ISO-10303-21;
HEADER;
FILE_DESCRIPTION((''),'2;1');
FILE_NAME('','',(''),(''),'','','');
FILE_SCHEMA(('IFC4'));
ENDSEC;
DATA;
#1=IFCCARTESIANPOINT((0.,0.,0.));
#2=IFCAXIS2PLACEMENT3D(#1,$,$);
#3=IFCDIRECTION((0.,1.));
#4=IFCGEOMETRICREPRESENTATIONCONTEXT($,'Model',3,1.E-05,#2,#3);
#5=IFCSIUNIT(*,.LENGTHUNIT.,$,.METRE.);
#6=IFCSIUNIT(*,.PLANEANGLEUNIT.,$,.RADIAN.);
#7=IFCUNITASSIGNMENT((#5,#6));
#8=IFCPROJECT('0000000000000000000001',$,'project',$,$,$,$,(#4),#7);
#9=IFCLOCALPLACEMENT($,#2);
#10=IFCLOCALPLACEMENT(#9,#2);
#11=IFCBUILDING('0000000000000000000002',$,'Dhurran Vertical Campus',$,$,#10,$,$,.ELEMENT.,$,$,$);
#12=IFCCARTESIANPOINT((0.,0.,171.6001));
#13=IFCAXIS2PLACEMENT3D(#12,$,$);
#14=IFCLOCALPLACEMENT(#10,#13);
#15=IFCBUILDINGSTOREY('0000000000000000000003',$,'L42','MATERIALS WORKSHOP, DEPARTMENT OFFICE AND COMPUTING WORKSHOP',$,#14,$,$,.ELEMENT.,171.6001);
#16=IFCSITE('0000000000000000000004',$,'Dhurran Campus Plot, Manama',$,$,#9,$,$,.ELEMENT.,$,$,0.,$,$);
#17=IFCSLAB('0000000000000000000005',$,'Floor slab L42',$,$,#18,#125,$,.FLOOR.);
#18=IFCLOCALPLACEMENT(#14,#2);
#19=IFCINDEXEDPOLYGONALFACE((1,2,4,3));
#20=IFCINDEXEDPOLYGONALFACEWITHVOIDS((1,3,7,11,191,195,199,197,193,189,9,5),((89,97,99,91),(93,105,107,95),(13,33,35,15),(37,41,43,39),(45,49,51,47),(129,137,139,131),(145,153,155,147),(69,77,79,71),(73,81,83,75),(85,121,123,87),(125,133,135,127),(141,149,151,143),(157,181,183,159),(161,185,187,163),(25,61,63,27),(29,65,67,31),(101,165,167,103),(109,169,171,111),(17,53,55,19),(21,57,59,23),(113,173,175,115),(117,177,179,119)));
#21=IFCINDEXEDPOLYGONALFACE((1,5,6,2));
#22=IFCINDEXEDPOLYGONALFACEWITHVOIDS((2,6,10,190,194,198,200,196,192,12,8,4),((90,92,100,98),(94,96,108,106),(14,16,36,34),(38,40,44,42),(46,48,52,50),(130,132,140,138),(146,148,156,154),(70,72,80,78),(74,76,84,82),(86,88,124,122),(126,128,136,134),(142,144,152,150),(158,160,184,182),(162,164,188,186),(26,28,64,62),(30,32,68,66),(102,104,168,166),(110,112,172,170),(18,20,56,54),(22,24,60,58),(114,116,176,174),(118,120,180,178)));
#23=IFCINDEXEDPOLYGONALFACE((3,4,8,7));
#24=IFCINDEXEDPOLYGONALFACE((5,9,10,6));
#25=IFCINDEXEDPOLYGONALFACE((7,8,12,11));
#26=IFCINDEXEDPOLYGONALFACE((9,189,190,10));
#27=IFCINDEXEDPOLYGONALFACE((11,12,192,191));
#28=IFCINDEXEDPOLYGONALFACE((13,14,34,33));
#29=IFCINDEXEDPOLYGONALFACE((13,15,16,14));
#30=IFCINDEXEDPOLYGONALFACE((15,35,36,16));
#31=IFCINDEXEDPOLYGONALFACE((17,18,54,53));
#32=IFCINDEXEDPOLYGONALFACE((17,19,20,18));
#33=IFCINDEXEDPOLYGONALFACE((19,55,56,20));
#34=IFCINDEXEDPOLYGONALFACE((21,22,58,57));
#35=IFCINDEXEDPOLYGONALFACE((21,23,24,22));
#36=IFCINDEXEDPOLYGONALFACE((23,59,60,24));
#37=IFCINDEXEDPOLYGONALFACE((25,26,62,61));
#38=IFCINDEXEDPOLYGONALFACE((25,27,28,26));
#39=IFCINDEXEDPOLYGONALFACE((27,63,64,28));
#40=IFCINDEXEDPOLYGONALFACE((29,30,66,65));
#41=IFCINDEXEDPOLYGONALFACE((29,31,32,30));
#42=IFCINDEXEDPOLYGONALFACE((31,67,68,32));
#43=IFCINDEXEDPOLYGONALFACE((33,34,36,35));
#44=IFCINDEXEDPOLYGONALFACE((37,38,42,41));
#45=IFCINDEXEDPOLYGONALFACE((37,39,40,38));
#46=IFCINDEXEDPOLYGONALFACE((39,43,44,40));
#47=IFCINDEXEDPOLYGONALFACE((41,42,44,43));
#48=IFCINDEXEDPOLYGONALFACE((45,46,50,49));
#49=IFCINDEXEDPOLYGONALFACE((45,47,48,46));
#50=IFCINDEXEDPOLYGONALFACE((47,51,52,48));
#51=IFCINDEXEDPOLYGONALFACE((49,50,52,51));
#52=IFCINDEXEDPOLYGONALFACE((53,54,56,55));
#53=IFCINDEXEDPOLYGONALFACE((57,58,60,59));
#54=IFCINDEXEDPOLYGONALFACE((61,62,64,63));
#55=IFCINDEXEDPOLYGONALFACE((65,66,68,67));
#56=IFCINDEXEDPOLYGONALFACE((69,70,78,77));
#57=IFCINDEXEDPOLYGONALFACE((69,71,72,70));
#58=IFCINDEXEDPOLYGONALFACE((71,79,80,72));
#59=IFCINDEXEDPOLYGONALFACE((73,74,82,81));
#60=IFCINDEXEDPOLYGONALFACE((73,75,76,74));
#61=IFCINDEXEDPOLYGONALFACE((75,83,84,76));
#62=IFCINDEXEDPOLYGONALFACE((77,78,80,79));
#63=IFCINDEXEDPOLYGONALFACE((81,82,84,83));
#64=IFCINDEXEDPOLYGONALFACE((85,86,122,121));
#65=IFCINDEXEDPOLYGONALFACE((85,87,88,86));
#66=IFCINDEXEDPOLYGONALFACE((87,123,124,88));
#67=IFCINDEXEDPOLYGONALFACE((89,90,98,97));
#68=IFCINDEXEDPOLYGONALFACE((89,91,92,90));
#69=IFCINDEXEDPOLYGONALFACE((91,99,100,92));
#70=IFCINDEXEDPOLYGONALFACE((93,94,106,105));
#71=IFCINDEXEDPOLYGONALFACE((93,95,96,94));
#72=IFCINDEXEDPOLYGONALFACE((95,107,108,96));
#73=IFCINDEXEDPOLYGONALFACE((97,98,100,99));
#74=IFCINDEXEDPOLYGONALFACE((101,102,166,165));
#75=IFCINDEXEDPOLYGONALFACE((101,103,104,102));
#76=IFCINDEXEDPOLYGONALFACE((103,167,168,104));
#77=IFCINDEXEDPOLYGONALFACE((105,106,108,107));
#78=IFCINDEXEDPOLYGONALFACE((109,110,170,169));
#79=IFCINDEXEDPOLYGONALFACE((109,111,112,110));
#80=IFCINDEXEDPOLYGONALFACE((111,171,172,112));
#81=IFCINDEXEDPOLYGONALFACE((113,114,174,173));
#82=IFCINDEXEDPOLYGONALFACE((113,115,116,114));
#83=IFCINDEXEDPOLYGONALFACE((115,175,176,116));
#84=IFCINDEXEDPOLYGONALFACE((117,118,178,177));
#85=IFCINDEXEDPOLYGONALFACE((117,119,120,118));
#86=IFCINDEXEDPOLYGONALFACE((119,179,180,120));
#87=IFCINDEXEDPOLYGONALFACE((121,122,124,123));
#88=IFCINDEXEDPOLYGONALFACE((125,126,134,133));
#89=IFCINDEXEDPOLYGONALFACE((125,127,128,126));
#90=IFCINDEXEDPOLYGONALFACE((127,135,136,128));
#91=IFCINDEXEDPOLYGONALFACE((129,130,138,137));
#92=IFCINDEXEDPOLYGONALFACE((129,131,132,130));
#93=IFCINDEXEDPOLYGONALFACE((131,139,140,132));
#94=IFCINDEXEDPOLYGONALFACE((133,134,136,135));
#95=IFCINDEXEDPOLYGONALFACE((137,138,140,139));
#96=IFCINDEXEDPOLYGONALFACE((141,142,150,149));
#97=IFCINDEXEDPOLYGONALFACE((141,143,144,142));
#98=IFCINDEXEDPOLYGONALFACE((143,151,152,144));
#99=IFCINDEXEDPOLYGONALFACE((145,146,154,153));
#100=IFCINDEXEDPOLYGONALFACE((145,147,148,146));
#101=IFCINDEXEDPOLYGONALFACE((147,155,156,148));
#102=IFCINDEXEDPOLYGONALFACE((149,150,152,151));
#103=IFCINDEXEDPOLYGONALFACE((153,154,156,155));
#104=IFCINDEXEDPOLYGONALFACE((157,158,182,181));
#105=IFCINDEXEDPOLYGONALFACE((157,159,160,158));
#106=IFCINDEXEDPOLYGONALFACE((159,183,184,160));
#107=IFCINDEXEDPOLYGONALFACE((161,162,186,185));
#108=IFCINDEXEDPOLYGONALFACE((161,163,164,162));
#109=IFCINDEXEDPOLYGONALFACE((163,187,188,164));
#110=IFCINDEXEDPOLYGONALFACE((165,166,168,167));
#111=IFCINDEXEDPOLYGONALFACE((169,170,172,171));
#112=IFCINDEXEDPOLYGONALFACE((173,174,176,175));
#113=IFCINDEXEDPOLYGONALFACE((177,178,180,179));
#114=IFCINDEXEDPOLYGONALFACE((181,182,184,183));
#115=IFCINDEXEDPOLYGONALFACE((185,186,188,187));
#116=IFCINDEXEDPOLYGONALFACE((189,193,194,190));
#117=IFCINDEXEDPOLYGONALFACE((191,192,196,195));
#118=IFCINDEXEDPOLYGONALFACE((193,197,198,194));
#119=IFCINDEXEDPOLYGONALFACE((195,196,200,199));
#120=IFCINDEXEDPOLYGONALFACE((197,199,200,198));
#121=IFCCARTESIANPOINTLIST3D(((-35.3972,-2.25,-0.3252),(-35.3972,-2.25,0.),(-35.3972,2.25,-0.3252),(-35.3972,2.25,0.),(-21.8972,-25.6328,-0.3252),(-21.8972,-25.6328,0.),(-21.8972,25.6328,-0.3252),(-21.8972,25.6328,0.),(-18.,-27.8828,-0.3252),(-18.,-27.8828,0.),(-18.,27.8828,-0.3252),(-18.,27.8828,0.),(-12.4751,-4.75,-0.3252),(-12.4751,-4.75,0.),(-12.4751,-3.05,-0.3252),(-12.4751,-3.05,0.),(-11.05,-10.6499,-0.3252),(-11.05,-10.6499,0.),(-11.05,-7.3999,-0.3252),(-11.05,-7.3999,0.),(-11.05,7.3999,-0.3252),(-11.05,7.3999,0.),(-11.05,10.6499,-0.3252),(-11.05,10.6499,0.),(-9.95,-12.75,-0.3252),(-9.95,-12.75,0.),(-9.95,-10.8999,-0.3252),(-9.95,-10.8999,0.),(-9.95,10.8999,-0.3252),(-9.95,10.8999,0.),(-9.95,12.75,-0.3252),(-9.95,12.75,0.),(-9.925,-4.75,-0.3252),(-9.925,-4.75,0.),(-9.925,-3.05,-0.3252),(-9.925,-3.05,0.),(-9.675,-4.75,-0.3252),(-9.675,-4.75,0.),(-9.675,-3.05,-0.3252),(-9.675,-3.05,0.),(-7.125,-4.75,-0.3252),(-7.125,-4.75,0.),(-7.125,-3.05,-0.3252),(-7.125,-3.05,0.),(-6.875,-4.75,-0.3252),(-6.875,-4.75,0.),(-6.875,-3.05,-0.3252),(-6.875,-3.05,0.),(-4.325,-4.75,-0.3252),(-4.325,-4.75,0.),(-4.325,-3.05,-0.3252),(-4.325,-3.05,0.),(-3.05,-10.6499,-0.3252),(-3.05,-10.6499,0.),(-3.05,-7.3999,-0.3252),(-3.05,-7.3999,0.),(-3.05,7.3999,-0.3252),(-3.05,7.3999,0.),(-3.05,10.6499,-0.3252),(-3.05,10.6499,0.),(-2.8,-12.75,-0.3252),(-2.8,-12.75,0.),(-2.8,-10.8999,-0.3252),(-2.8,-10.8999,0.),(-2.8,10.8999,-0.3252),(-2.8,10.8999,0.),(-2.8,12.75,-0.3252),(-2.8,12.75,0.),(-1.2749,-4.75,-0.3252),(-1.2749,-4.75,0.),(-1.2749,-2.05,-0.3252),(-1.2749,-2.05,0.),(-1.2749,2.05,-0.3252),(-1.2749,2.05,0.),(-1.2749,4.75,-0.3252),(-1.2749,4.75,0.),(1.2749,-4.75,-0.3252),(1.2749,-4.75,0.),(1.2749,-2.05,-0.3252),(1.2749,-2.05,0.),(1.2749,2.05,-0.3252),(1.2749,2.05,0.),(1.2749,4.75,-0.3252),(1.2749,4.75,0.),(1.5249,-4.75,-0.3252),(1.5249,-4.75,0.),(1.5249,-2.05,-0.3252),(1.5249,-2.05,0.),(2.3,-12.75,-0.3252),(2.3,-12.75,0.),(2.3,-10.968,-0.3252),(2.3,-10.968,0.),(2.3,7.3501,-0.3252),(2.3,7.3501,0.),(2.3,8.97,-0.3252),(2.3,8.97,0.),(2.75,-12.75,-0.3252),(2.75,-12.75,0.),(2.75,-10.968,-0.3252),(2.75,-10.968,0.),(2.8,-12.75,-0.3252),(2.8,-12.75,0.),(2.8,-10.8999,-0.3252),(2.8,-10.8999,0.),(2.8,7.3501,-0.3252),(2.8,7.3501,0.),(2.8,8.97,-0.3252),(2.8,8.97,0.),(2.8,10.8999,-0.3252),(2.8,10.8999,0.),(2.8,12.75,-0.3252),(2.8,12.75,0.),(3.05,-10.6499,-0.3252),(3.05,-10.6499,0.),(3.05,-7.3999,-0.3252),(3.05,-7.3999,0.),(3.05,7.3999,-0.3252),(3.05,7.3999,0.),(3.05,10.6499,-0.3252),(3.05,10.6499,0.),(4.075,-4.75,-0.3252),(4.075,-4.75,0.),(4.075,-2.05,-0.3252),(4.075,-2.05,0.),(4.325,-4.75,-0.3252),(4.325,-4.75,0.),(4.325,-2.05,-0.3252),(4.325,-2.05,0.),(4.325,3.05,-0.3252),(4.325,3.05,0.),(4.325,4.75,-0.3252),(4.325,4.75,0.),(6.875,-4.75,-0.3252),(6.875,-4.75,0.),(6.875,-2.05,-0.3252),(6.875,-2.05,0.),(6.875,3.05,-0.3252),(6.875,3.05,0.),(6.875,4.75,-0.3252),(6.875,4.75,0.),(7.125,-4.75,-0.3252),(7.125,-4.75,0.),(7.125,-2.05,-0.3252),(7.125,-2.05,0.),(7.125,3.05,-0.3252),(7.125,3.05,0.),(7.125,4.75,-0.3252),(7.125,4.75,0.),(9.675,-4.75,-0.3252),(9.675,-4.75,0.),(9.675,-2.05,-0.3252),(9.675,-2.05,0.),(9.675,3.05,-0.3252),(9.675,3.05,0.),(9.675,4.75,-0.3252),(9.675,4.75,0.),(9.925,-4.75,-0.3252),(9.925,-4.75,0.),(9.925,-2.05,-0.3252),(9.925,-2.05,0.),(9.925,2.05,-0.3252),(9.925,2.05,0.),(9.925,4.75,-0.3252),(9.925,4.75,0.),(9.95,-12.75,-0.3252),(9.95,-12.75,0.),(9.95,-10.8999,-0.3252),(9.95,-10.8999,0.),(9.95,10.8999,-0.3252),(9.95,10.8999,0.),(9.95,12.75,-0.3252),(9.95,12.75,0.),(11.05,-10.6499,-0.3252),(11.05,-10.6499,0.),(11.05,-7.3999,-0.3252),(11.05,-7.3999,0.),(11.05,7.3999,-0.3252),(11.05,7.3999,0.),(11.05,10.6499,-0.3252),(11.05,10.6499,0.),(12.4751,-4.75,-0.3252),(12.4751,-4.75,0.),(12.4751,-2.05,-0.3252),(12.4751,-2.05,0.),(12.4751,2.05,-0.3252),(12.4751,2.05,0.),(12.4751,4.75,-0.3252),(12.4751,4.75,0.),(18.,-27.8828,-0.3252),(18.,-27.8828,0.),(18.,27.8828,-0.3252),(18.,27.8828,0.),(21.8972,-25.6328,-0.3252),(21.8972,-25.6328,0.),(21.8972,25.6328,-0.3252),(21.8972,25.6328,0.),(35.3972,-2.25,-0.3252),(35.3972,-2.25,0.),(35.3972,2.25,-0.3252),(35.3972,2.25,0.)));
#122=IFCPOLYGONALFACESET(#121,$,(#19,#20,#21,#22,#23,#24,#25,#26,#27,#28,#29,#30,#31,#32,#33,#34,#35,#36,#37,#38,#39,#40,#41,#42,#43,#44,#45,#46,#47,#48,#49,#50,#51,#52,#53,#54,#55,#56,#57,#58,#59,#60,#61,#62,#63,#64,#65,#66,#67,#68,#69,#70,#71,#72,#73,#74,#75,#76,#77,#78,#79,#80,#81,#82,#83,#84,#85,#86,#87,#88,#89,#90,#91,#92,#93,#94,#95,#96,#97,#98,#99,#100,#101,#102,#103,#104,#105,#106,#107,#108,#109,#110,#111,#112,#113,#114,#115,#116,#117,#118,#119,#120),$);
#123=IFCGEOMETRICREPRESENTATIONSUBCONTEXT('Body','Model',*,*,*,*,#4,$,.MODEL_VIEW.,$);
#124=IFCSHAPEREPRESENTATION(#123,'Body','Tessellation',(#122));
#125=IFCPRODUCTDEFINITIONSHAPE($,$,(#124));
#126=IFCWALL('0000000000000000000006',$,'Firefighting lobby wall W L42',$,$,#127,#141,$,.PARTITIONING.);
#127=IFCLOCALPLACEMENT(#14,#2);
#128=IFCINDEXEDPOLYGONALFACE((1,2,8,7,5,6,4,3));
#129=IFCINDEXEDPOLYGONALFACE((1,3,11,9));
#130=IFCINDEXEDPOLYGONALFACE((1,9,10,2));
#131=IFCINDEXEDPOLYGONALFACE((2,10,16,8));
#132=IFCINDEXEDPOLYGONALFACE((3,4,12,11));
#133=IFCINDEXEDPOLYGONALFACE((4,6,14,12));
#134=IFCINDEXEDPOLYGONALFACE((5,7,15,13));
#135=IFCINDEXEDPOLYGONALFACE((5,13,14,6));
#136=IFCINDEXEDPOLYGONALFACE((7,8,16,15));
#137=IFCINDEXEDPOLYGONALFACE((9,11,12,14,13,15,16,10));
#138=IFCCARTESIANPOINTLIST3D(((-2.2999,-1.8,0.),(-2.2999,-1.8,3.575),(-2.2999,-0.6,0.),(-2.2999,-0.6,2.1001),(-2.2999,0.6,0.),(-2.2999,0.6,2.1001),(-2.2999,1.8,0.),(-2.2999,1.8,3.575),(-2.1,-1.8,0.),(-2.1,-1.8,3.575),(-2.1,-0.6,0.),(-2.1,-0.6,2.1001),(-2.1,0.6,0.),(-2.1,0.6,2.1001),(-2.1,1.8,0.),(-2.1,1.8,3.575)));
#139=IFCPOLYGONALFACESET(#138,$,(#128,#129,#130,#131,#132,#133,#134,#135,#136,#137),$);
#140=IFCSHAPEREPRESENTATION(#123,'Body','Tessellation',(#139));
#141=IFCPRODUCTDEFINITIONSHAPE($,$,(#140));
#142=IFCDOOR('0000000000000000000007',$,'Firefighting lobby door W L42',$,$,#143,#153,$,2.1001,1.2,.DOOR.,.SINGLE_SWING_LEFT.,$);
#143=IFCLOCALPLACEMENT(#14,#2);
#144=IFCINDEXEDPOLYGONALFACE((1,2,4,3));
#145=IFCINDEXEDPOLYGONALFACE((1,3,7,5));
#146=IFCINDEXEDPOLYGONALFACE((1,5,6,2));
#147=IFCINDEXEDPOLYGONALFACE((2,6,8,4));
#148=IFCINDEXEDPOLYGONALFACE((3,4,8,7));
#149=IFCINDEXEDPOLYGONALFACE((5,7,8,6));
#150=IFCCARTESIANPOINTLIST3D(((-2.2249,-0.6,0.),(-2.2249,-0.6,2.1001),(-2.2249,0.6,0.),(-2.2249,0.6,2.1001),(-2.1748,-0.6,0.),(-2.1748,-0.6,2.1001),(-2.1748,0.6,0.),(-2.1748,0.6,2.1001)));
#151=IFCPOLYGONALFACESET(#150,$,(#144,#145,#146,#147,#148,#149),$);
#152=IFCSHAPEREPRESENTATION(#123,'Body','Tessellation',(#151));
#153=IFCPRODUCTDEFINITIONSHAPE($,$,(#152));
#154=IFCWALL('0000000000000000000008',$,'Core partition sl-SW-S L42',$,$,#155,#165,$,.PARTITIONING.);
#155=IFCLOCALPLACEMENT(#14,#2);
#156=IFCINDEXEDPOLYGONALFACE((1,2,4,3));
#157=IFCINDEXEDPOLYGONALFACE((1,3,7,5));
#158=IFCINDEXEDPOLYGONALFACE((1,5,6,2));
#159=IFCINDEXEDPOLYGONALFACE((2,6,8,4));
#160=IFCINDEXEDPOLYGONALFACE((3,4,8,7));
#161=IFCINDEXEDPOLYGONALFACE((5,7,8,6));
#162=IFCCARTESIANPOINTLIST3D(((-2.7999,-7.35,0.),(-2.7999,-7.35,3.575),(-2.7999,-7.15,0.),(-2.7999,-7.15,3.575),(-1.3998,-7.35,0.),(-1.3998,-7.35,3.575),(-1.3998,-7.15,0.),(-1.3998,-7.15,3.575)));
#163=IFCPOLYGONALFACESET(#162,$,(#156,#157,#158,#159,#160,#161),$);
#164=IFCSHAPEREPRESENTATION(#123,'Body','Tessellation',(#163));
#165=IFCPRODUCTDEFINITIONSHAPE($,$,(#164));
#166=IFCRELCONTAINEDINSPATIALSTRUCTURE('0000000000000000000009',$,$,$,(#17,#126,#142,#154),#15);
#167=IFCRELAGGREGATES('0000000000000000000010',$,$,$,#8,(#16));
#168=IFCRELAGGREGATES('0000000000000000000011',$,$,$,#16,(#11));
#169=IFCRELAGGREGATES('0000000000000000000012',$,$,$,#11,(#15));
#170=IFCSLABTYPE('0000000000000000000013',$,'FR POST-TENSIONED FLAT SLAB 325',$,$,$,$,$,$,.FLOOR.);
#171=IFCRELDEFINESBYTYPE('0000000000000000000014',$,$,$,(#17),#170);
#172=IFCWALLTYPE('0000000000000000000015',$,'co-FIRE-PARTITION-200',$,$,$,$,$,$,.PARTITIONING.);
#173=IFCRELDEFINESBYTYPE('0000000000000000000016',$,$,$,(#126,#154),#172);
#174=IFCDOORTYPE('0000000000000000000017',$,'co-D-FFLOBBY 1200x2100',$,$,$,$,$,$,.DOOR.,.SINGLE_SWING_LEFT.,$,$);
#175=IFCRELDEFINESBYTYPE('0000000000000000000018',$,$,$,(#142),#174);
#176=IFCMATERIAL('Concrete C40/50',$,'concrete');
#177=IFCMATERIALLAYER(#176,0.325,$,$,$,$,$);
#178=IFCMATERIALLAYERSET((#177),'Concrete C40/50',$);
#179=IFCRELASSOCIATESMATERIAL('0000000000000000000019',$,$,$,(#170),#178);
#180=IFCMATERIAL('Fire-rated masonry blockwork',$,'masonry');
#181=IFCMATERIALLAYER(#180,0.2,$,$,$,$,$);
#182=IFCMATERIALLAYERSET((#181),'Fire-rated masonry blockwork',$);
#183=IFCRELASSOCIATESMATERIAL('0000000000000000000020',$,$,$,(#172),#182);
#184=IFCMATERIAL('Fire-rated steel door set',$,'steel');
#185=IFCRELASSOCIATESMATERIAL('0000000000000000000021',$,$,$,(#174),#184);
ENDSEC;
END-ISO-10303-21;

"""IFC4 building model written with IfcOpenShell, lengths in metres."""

from ifc_helpers import new_model, si_unit, direction, frame, frame_2d, origin, place, context, subcontext, project, spatial, polyline, rectangle, outline, extrude, material, layer, layer_set, type_object, element, fill, save


model = new_model("IFC4")

# Units and contexts
model_context = context("Model", 3, precision=1e-05, world=origin(), true_north=direction((0.0, 1.0)))
body_context = subcontext(model_context, "Body", "Model", "MODEL_VIEW")
ifc_project = project(units=[si_unit("LENGTHUNIT", "METRE"), si_unit("PLANEANGLEUNIT", "RADIAN")], contexts=[model_context])

# Site, building, storey
site_placement = place(None, origin())
site = spatial("IfcSite", under=ifc_project, at=site_placement, Name="Dhurran Campus Plot, Manama", CompositionType="ELEMENT", RefElevation=0.0)
building_placement = place(site_placement, origin())
building = spatial("IfcBuilding", under=site, at=building_placement, Name="Dhurran Vertical Campus", CompositionType="ELEMENT")
storey_placement = place(building_placement, frame((0.0, 0.0, 171.6001)))
storey = spatial("IfcBuildingStorey", under=building, at=storey_placement, Name="L42", Description="MATERIALS WORKSHOP, DEPARTMENT OFFICE AND COMPUTING WORKSHOP", CompositionType="ELEMENT", Elevation=171.6001)

# Slab
ifc_material_1 = material(Name="Concrete C40/50", Category="concrete")
ifc_layer_1 = layer(ifc_material_1, 0.325)
ifc_layer_set_1 = layer_set([ifc_layer_1], Name="Concrete C40/50")
slab_type = type_object("IfcSlabType", Name="FR POST-TENSIONED FLAT SLAB 325", PredefinedType="FLOOR", material=ifc_layer_set_1)
slab_placement = place(storey_placement, frame((0.0, 0.0, -0.3252)))
element("IfcSlab", 1, at=slab_placement, inside=storey, type_object=slab_type, Name="Floor slab L42", PredefinedType="FLOOR", context=body_context, shape_type="SweptSolid", body=[
    extrude(outline(polyline([(-18.0, -27.8828), (18.0, -27.8828), (21.8972, -25.6328), (35.3972, -2.25), (35.3972, 2.25), (21.8972, 25.6328), (18.0, 27.8828), (-18.0, 27.8828), (-21.8972, 25.6328), (-35.3972, 2.25), (-35.3972, -2.25), (-21.8972, -25.6328), (-18.0, -27.8828)]), holes=[polyline([(-1.2749, 2.05), (1.2749, 2.05), (1.2749, 4.75), (-1.2749, 4.75), (-1.2749, 2.05)]), polyline([(9.925, 2.05), (12.4751, 2.05), (12.4751, 4.75), (9.925, 4.75), (9.925, 2.05)]), polyline([(-1.2749, -4.75), (1.2749, -4.75), (1.2749, -2.05), (-1.2749, -2.05), (-1.2749, -4.75)]), polyline([(1.5249, -4.75), (4.075, -4.75), (4.075, -2.05), (1.5249, -2.05), (1.5249, -4.75)]), polyline([(4.325, -4.75), (6.875, -4.75), (6.875, -2.05), (4.325, -2.05), (4.325, -4.75)]), polyline([(7.125, -4.75), (9.675, -4.75), (9.675, -2.05), (7.125, -2.05), (7.125, -4.75)]), polyline([(9.925, -4.75), (12.4751, -4.75), (12.4751, -2.05), (9.925, -2.05), (9.925, -4.75)]), polyline([(4.325, 3.05), (6.875, 3.05), (6.875, 4.75), (4.325, 4.75), (4.325, 3.05)]), polyline([(7.125, 3.05), (9.675, 3.05), (9.675, 4.75), (7.125, 4.75), (7.125, 3.05)]), polyline([(-12.4751, -4.75), (-9.925, -4.75), (-9.925, -3.05), (-12.4751, -3.05), (-12.4751, -4.75)]), polyline([(-9.675, -4.75), (-7.125, -4.75), (-7.125, -3.05), (-9.675, -3.05), (-9.675, -4.75)]), polyline([(-6.875, -4.75), (-4.325, -4.75), (-4.325, -3.05), (-6.875, -3.05), (-6.875, -4.75)]), polyline([(-11.05, 7.3999), (-3.05, 7.3999), (-3.05, 10.6499), (-11.05, 10.6499), (-11.05, 7.3999)]), polyline([(3.05, 7.3999), (11.05, 7.3999), (11.05, 10.6499), (3.05, 10.6499), (3.05, 7.3999)]), polyline([(-11.05, -10.6499), (-3.05, -10.6499), (-3.05, -7.3999), (-11.05, -7.3999), (-11.05, -10.6499)]), polyline([(3.05, -10.6499), (11.05, -10.6499), (11.05, -7.3999), (3.05, -7.3999), (3.05, -10.6499)]), polyline([(-9.95, 10.8999), (-9.95, 12.75), (-2.8, 12.75), (-2.8, 10.8999), (-9.95, 10.8999)]), polyline([(9.95, 12.75), (9.95, 10.8999), (2.8, 10.8999), (2.8, 12.75), (9.95, 12.75)]), polyline([(-9.95, -12.75), (-9.95, -10.8999), (-2.8, -10.8999), (-2.8, -12.75), (-9.95, -12.75)]), polyline([(9.95, -10.8999), (9.95, -12.75), (2.8, -12.75), (2.8, -10.8999), (9.95, -10.8999)]), polyline([(2.3, 7.3501), (2.3, 8.97), (2.8, 8.97), (2.8, 7.3501), (2.3, 7.3501)]), polyline([(2.3, -12.75), (2.3, -10.968), (2.75, -10.968), (2.75, -12.75), (2.3, -12.75)])]), origin(), (0.0, 0.0, 1.0), 0.3252),
])

# Wall, opening, door
ifc_material_2 = material(Name="Fire-rated masonry blockwork", Category="masonry")
ifc_layer_2 = layer(ifc_material_2, 0.2)
ifc_layer_set_2 = layer_set([ifc_layer_2], Name="Fire-rated masonry blockwork")
wall_type_1 = type_object("IfcWallType", Name="co-FIRE-PARTITION-200", PredefinedType="PARTITIONING", material=ifc_layer_set_2)
wall_1_placement = place(storey_placement, frame((-2.2, -1.8, 0.0), z_axis=(0.0, 0.0, 1.0), x_axis=(0.0, 1.0, 0.0)))
wall_1 = element("IfcWall", 2, at=wall_1_placement, inside=storey, type_object=wall_type_1, Name="Firefighting lobby wall W L42", PredefinedType="PARTITIONING", context=body_context, shape_type="SweptSolid", body=[
    extrude(rectangle(XDim=3.6001, YDim=0.2, at=frame_2d((1.8, 0.0))), origin(), (0.0, 0.0, 1.0), 3.575),
])
opening_1_placement = place(wall_1_placement, frame((1.2, 0.0, 0.0)))
opening_1 = element("IfcOpeningElement", 3, at=opening_1_placement, cuts=wall_1, PredefinedType="OPENING", context=body_context, shape_type="SweptSolid", body=[
    extrude(rectangle(XDim=1.2, YDim=2.1001, at=frame_2d((0.6001, 1.05))), frame((0.0, 0.1099, 0.0), z_axis=(0.0, -1.0, 0.0), x_axis=(1.0, 0.0, 0.0)), (0.0, 0.0, 1.0), 0.22),
])
ifc_material_3 = material(Name="Fire-rated steel door set", Category="steel")
door_type_1 = type_object("IfcDoorType", Name="co-D-FFLOBBY 1200x2100", OperationType="SINGLE_SWING_LEFT", PredefinedType="DOOR", material=ifc_material_3)
door_1_placement = place(opening_1_placement, origin())
door_1 = element("IfcDoor", 4, at=door_1_placement, inside=storey, type_object=door_type_1, Name="Firefighting lobby door W L42", OperationType="SINGLE_SWING_LEFT", OverallHeight=2.1001, OverallWidth=1.2, PredefinedType="DOOR", context=body_context, shape_type="SweptSolid", body=[
    extrude(rectangle(XDim=1.2, YDim=2.1001, at=frame_2d((0.6001, 1.05))), frame((0.0, 0.0249, 0.0), z_axis=(0.0, -1.0, 0.0), x_axis=(1.0, 0.0, 0.0)), (0.0, 0.0, 1.0), 0.05),
])
fill(opening_1, door_1)

# Wall
wall_2_placement = place(storey_placement, frame((-2.8, -7.25, 0.0), z_axis=(0.0, 0.0, 1.0), x_axis=(1.0, 0.0, 0.0)))
element("IfcWall", 5, at=wall_2_placement, inside=storey, type_object=wall_type_1, Name="Core partition sl-SW-S L42", PredefinedType="PARTITIONING", context=body_context, shape_type="SweptSolid", body=[
    extrude(rectangle(XDim=1.4001, YDim=0.2, at=frame_2d((0.7002, 0.0))), origin(), (0.0, 0.0, 1.0), 3.575),
])

save(model, "model.ifc")
